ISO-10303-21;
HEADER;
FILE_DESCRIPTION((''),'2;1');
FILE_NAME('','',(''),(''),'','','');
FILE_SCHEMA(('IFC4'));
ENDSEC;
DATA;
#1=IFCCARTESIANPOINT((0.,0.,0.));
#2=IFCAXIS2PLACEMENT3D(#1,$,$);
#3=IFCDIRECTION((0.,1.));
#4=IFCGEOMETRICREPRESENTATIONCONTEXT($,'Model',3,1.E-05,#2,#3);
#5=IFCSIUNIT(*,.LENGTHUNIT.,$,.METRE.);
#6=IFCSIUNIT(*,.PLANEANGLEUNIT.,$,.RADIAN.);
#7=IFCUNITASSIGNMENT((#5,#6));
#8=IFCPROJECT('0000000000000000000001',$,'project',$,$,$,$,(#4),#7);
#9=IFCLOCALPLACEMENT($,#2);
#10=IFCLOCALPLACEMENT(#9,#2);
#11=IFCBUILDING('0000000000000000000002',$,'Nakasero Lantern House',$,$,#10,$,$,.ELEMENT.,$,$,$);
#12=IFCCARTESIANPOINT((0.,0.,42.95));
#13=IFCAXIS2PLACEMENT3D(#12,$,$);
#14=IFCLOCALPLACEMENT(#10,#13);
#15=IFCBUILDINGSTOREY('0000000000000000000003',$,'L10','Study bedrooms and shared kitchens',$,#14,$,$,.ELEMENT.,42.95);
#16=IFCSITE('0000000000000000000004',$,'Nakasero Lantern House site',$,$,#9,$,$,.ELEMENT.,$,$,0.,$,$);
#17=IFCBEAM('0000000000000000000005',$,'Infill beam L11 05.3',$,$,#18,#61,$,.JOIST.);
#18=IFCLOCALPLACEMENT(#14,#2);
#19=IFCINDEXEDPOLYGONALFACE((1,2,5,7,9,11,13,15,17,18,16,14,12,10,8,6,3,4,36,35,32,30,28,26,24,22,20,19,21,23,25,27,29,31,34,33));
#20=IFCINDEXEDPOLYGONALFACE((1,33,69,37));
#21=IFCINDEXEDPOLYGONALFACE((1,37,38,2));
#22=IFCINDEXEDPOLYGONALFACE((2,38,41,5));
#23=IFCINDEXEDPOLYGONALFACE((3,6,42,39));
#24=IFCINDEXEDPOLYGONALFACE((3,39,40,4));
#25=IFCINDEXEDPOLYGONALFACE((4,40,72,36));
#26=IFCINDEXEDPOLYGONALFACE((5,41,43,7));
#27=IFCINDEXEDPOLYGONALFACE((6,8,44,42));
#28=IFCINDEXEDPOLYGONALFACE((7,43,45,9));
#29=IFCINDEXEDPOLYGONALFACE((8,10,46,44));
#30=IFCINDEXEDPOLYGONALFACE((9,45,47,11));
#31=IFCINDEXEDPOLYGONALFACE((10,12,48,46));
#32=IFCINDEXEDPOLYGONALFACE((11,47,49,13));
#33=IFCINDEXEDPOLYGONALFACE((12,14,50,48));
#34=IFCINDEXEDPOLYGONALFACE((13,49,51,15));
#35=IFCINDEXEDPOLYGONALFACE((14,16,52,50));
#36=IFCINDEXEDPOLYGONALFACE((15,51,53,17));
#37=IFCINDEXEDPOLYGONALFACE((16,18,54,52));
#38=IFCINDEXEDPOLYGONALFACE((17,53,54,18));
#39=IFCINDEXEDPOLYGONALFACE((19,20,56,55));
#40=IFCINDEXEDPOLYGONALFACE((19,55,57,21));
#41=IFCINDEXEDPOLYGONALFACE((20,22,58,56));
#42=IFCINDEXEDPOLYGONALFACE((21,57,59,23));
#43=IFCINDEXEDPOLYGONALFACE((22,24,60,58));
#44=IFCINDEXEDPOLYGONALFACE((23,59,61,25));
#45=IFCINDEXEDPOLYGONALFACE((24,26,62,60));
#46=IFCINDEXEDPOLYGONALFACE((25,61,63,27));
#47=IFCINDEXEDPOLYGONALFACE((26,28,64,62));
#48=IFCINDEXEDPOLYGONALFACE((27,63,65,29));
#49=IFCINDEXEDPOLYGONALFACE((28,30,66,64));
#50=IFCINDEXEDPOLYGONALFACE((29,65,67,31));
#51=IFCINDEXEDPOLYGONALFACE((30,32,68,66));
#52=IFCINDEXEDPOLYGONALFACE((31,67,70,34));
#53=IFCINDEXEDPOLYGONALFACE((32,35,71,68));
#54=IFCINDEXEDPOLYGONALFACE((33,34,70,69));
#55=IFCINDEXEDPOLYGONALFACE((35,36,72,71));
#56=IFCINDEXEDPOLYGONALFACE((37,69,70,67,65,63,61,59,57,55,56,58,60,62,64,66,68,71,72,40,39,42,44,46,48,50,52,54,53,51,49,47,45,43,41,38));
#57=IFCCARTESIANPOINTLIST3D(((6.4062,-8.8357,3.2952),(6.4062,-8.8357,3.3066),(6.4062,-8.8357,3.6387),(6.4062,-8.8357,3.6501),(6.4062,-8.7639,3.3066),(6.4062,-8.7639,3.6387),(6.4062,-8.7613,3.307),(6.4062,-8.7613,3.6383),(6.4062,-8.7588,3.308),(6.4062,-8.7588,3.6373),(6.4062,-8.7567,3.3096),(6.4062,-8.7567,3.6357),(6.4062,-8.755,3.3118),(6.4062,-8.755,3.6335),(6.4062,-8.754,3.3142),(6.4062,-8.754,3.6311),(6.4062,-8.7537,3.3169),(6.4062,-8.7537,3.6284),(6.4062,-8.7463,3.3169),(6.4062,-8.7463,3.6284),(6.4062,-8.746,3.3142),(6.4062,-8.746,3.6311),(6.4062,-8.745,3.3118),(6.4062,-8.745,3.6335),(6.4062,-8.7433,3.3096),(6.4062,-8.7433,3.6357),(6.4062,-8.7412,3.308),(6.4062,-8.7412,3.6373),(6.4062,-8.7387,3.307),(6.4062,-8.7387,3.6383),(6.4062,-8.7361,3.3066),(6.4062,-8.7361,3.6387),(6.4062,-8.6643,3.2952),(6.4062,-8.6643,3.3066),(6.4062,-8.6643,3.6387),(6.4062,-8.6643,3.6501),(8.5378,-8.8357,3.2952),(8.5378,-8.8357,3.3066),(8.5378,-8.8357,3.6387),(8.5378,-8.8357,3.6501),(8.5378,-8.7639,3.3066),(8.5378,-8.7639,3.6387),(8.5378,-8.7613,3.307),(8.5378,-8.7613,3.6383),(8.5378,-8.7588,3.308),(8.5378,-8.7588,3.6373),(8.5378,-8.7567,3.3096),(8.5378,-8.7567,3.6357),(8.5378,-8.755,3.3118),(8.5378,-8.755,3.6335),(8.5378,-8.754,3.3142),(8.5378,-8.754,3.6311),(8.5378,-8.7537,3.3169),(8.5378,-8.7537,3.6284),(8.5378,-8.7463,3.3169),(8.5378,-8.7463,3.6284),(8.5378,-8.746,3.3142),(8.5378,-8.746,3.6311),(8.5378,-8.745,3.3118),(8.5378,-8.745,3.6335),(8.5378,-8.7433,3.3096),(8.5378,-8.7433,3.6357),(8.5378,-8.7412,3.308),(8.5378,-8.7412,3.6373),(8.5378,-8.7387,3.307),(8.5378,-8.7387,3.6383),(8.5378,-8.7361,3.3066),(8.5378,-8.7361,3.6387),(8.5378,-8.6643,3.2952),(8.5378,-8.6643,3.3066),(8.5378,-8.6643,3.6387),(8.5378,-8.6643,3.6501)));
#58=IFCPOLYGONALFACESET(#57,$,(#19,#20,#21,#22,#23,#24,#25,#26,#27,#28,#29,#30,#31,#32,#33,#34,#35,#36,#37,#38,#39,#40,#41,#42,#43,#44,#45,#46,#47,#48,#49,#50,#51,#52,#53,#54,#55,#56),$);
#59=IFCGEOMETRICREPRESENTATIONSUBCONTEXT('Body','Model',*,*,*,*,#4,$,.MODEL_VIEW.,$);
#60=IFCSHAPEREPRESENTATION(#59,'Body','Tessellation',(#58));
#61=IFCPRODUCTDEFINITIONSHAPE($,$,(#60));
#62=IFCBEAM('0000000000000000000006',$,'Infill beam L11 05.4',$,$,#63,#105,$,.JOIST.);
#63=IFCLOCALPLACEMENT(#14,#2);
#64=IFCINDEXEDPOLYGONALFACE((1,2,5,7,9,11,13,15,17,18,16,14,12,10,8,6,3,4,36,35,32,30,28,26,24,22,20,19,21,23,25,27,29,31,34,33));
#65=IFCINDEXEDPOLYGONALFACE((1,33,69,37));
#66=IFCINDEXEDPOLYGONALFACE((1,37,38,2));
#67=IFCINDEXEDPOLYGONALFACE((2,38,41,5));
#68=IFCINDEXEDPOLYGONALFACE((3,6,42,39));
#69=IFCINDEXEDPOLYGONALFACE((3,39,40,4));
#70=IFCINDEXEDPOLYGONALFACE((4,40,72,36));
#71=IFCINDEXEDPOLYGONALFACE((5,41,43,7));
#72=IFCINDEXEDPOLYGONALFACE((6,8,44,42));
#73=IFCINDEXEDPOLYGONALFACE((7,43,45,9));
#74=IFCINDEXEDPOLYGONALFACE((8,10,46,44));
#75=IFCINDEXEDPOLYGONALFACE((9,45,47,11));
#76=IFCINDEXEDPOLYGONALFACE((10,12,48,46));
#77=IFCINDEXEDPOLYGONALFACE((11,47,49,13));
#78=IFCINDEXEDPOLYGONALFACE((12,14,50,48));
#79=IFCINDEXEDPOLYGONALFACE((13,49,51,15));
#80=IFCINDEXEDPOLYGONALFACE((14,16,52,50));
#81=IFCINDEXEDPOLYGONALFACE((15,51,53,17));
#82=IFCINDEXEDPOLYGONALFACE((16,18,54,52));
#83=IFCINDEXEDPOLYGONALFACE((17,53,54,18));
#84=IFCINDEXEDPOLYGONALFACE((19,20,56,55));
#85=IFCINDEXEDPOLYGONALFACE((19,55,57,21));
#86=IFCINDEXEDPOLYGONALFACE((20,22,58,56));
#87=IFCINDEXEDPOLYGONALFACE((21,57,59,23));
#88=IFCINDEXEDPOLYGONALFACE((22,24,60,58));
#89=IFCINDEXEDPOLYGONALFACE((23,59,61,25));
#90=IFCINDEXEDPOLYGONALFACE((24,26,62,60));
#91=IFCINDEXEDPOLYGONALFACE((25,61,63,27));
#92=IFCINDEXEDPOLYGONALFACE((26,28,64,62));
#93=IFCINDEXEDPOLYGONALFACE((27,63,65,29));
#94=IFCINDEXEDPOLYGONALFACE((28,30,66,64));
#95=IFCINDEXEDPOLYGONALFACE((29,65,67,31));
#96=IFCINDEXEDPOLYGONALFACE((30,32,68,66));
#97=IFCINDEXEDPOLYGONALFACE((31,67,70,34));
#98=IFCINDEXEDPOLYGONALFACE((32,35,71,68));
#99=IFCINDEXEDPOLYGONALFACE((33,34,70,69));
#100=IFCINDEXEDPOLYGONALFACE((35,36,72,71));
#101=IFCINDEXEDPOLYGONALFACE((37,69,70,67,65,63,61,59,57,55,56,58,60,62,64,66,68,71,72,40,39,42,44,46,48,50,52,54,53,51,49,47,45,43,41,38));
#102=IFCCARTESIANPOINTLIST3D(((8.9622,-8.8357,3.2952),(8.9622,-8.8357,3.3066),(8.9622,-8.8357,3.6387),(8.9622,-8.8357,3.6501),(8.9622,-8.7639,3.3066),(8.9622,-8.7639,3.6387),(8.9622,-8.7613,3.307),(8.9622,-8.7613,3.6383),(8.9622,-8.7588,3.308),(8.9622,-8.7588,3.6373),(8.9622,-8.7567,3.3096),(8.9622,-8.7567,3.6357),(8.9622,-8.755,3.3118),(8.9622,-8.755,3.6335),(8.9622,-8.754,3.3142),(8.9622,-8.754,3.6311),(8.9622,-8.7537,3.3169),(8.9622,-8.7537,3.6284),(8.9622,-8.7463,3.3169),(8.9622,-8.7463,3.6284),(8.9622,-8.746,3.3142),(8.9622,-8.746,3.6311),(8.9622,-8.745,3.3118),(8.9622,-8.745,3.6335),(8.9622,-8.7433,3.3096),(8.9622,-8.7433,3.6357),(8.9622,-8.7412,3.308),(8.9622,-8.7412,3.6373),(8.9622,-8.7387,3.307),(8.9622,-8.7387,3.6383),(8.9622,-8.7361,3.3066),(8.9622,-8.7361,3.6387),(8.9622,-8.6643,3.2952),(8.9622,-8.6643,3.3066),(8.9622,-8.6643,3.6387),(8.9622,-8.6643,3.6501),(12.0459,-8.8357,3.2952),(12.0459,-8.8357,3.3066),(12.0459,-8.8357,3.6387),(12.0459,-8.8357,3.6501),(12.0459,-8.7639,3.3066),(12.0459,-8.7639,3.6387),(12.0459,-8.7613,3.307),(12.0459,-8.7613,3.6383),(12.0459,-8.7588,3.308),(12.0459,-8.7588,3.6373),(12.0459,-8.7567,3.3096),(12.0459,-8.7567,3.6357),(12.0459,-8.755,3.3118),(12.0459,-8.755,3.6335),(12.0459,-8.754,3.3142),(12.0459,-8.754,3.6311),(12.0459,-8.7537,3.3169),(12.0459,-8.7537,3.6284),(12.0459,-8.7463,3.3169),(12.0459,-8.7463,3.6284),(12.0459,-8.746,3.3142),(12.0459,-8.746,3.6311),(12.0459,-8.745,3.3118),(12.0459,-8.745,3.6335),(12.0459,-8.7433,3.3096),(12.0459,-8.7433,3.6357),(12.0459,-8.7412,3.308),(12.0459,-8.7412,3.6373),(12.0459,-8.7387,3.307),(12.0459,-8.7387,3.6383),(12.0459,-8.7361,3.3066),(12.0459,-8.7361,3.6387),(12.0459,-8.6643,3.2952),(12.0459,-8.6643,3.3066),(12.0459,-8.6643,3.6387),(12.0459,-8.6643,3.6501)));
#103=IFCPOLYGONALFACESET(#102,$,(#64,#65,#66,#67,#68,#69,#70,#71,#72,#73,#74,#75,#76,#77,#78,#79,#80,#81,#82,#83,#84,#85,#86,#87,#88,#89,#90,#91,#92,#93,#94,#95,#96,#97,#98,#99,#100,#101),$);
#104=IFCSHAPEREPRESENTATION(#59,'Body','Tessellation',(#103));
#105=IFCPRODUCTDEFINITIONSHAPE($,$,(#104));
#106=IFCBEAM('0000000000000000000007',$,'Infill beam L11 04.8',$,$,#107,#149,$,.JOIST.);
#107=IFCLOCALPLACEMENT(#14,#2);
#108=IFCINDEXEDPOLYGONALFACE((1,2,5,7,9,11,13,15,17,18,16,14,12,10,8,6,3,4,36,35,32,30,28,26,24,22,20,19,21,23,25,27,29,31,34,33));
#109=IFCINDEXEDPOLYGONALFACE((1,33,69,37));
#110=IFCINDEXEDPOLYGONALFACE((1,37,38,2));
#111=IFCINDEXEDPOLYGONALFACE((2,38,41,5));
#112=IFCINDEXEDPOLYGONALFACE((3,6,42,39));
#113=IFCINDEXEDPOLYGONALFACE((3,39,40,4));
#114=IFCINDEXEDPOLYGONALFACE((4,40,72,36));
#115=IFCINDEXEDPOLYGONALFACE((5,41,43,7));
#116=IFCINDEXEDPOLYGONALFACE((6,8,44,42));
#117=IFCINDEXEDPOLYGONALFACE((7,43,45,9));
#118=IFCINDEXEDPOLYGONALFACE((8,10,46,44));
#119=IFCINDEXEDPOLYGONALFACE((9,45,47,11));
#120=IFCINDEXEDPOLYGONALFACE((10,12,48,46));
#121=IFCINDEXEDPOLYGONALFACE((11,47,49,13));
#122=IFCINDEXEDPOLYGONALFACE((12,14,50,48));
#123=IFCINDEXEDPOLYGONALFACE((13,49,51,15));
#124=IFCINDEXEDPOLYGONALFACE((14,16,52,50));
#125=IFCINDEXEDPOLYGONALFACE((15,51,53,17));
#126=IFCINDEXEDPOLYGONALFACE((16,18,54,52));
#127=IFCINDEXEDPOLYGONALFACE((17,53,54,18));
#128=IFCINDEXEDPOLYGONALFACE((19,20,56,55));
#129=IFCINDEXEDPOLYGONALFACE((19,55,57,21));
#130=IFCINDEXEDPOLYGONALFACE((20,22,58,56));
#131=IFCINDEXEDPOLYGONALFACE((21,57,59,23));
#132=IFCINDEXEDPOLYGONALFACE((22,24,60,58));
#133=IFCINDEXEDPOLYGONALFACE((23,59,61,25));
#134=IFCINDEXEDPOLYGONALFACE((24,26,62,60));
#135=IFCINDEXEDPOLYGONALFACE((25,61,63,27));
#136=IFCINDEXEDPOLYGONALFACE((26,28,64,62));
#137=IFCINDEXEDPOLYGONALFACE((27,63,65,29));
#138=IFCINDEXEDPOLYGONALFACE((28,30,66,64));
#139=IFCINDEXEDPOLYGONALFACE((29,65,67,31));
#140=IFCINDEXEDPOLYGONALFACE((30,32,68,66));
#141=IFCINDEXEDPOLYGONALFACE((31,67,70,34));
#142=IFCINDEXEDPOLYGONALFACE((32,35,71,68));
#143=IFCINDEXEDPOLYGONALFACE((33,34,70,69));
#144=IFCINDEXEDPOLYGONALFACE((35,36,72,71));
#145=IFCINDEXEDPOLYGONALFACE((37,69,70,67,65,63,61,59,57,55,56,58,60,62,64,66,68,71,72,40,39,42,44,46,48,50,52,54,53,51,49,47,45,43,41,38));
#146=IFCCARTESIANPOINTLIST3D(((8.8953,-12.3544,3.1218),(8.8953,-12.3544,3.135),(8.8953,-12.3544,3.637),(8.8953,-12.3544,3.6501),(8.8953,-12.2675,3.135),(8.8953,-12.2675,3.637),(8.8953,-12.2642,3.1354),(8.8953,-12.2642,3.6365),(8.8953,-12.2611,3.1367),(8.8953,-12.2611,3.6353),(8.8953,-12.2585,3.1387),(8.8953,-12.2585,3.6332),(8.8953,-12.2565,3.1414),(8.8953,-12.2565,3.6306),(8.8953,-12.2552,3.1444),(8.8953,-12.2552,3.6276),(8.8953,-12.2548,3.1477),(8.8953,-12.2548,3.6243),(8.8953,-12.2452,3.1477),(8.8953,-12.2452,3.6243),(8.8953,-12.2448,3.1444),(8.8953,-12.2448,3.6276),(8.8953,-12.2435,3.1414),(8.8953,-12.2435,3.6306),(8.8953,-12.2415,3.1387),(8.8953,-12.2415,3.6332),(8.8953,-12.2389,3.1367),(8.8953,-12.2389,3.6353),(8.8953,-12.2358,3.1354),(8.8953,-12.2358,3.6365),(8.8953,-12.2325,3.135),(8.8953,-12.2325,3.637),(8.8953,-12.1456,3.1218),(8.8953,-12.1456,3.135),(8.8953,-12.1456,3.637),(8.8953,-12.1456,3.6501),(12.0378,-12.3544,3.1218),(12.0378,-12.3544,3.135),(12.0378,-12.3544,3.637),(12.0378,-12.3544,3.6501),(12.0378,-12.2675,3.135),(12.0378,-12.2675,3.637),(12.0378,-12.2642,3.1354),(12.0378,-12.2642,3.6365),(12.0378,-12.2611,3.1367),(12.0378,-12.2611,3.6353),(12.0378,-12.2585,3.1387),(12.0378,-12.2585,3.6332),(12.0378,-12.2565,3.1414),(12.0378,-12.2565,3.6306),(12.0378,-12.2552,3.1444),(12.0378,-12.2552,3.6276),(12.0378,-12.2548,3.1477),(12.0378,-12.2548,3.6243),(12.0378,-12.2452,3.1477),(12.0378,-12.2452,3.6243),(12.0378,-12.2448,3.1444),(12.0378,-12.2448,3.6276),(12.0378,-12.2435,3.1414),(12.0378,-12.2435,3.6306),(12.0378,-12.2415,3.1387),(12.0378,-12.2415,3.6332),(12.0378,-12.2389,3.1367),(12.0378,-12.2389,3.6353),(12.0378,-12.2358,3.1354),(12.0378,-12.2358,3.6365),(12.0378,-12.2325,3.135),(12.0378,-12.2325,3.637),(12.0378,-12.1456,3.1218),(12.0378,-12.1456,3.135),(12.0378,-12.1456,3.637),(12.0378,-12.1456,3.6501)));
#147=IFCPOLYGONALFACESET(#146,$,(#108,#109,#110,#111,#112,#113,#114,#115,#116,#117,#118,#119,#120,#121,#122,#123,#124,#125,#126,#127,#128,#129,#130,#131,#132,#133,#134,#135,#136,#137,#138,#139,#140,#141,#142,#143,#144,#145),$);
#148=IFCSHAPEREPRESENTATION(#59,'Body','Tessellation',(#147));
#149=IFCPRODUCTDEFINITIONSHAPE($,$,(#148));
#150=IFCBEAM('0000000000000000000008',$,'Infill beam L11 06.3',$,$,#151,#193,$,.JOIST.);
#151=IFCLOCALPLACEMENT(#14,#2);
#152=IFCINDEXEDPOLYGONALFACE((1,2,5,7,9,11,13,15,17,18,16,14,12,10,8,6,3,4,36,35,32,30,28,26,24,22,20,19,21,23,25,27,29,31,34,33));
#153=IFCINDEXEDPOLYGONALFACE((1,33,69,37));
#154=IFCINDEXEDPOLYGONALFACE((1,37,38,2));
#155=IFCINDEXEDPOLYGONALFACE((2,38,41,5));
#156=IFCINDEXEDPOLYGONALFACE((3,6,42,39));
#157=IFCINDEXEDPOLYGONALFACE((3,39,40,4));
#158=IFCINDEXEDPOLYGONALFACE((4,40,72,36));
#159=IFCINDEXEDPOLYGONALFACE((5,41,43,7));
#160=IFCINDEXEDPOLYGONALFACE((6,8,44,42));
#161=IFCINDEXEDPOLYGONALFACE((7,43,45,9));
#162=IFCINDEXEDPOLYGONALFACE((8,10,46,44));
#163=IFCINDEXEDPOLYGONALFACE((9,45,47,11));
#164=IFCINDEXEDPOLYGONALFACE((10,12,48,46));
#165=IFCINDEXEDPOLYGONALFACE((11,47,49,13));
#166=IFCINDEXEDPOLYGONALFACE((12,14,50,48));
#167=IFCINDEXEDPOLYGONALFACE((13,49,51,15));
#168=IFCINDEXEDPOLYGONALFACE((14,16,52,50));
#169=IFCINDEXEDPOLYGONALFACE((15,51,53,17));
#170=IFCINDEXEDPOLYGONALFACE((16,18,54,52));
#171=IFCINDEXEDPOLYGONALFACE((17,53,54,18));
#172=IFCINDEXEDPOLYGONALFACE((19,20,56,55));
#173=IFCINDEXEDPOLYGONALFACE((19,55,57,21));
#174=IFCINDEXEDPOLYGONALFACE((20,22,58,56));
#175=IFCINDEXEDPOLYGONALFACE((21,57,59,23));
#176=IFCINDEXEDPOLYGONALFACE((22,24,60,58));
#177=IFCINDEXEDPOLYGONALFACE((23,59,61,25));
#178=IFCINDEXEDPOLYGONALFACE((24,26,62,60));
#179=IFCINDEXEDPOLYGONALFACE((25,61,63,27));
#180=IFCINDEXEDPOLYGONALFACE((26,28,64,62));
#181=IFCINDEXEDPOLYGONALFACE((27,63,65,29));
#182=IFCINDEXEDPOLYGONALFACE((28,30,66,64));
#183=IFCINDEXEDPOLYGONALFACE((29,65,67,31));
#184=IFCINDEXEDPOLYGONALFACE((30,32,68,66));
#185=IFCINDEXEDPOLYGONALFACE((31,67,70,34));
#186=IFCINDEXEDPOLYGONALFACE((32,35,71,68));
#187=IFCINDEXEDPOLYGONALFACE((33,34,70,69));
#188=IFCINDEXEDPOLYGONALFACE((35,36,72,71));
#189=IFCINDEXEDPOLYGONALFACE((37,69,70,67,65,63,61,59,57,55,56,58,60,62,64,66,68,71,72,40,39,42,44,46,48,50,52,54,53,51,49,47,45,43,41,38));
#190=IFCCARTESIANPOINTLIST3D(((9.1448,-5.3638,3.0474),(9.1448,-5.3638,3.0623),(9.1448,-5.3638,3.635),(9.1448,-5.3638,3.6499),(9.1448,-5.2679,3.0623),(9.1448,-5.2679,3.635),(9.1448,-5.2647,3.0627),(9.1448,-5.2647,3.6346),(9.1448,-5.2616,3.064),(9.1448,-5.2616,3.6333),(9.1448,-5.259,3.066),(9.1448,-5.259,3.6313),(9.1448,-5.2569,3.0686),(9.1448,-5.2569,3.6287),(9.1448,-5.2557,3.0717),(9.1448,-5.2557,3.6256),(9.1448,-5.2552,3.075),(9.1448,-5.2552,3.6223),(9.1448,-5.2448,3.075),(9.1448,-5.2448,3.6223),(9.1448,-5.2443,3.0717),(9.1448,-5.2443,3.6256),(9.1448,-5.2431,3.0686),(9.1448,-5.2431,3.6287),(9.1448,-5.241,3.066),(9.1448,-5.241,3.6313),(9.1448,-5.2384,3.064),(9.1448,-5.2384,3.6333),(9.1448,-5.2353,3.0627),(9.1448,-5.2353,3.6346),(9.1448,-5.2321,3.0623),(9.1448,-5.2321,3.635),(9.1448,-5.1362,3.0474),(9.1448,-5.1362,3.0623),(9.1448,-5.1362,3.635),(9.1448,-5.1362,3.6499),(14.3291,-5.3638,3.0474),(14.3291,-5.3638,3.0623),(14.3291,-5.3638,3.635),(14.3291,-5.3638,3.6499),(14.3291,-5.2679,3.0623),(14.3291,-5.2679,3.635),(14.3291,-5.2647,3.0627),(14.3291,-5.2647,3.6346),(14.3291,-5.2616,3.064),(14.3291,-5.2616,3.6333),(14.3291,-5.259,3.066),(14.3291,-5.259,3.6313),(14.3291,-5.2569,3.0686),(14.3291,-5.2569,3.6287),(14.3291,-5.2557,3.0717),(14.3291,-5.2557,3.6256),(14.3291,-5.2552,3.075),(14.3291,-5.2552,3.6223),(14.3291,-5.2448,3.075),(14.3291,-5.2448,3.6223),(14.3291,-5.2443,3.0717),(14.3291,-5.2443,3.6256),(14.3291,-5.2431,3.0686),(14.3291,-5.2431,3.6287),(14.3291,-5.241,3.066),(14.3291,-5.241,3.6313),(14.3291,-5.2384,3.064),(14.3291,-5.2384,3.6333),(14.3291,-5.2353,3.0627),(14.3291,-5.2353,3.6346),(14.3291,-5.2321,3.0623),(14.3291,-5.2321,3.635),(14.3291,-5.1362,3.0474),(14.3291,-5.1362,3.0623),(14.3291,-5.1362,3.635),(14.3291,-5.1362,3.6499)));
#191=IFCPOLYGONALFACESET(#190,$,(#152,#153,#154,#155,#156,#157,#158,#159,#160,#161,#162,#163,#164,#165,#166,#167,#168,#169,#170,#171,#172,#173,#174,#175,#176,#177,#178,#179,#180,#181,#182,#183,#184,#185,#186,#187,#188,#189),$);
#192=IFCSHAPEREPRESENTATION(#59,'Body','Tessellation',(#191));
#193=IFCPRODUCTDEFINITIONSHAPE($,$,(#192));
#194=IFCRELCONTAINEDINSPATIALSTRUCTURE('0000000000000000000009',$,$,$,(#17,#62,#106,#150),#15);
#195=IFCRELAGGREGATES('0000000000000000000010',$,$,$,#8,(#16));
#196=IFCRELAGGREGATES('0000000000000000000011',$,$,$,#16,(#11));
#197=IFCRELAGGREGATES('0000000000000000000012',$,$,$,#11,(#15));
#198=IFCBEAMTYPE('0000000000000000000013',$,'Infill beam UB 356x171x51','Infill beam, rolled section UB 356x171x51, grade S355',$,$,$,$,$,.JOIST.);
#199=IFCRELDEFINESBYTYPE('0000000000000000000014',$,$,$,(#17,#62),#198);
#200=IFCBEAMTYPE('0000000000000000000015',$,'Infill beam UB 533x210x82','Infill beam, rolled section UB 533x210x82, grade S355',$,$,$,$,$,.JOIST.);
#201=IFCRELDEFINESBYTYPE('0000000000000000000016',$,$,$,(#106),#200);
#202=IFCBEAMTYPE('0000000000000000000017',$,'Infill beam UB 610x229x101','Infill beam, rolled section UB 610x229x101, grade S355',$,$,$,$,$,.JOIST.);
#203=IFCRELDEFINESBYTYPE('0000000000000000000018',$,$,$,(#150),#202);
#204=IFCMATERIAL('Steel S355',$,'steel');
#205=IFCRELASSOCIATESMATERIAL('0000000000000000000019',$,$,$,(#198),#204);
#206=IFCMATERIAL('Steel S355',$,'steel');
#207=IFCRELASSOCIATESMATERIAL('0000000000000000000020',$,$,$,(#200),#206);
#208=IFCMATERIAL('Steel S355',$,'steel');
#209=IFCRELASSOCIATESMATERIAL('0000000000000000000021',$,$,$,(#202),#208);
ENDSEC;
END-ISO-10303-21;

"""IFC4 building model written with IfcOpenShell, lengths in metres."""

from ifc_helpers import new_model, si_unit, direction, frame, origin, origin_2d, place, context, subcontext, project, spatial, i_section, extrude, material, material_profile, profile_set, type_object, element, save


model = new_model("IFC4")

# Units and contexts
model_context = context("Model", 3, precision=1e-05, world=origin(), true_north=direction((0.0, 1.0)))
body_context = subcontext(model_context, "Body", "Model", "MODEL_VIEW")
ifc_project = project(units=[si_unit("LENGTHUNIT", "METRE"), si_unit("PLANEANGLEUNIT", "RADIAN")], contexts=[model_context])

# Site, building, storey
site_placement = place(None, origin())
site = spatial("IfcSite", under=ifc_project, at=site_placement, Name="Nakasero Lantern House site", CompositionType="ELEMENT", RefElevation=0.0)
building_placement = place(site_placement, origin())
building = spatial("IfcBuilding", under=site, at=building_placement, Name="Nakasero Lantern House", CompositionType="ELEMENT")
storey_placement = place(building_placement, frame((0.0, 0.0, 42.95)))
storey = spatial("IfcBuildingStorey", under=building, at=storey_placement, Name="L10", Description="Study bedrooms and shared kitchens", CompositionType="ELEMENT", Elevation=42.95)

# Beams
ifc_material_1 = material(Name="Steel S355", Category="steel")
ifc_material_profile_1 = material_profile(ifc_material_1, i_section(OverallWidth=0.1714, OverallDepth=0.355, WebThickness=0.0073, FlangeThickness=0.0115, FilletRadius=0.0103, at=origin_2d()), Name="UB 356x171x51")
ifc_profile_set_1 = profile_set([ifc_material_profile_1], Name="Steel S355")
beam_type_1 = type_object("IfcBeamType", Name="Infill beam UB 356x171x51", Description="Infill beam, rolled section UB 356x171x51, grade S355", PredefinedType="JOIST", material=ifc_profile_set_1)
beam_1_placement = place(storey_placement, frame((6.4062, -8.75, 3.4727), z_axis=(1.0, 0.0, 0.0), x_axis=(0.0, 1.0, 0.0)))
element("IfcBeam", 1, at=beam_1_placement, inside=storey, type_object=beam_type_1, Name="Infill beam L11 05.3", PredefinedType="JOIST", context=body_context, shape_type="SweptSolid", body=[
    extrude(i_section(OverallWidth=0.1714, OverallDepth=0.355, WebThickness=0.0073, FlangeThickness=0.0115, FilletRadius=0.0103, at=origin_2d()), origin(), (0.0, 0.0, 1.0), 2.1316),
])
beam_2_placement = place(storey_placement, frame((8.9622, -8.75, 3.4727), z_axis=(1.0, 0.0, 0.0), x_axis=(0.0, 1.0, 0.0)))
element("IfcBeam", 2, at=beam_2_placement, inside=storey, type_object=beam_type_1, Name="Infill beam L11 05.4", PredefinedType="JOIST", context=body_context, shape_type="SweptSolid", body=[
    extrude(i_section(OverallWidth=0.1714, OverallDepth=0.355, WebThickness=0.0073, FlangeThickness=0.0115, FilletRadius=0.0103, at=origin_2d()), origin(), (0.0, 0.0, 1.0), 3.0837),
])
ifc_material_2 = material(Name="Steel S355", Category="steel")
ifc_material_profile_2 = material_profile(ifc_material_2, i_section(OverallWidth=0.2087, OverallDepth=0.5283, WebThickness=0.0095, FlangeThickness=0.0132, FilletRadius=0.0127, at=origin_2d()), Name="UB 533x210x82")
ifc_profile_set_2 = profile_set([ifc_material_profile_2], Name="Steel S355")
beam_type_2 = type_object("IfcBeamType", Name="Infill beam UB 533x210x82", Description="Infill beam, rolled section UB 533x210x82, grade S355", PredefinedType="JOIST", material=ifc_profile_set_2)
beam_3_placement = place(storey_placement, frame((8.8953, -12.25, 3.386), z_axis=(1.0, 0.0, 0.0), x_axis=(0.0, 1.0, 0.0)))
element("IfcBeam", 3, at=beam_3_placement, inside=storey, type_object=beam_type_2, Name="Infill beam L11 04.8", PredefinedType="JOIST", context=body_context, shape_type="SweptSolid", body=[
    extrude(i_section(OverallWidth=0.2087, OverallDepth=0.5283, WebThickness=0.0095, FlangeThickness=0.0132, FilletRadius=0.0127, at=origin_2d()), origin(), (0.0, 0.0, 1.0), 3.1426),
])
ifc_material_3 = material(Name="Steel S355", Category="steel")
ifc_material_profile_3 = material_profile(ifc_material_3, i_section(OverallWidth=0.2275, OverallDepth=0.6025, WebThickness=0.0105, FlangeThickness=0.0149, FilletRadius=0.0127, at=origin_2d()), Name="UB 610x229x101")
ifc_profile_set_3 = profile_set([ifc_material_profile_3], Name="Steel S355")
beam_type_3 = type_object("IfcBeamType", Name="Infill beam UB 610x229x101", Description="Infill beam, rolled section UB 610x229x101, grade S355", PredefinedType="JOIST", material=ifc_profile_set_3)
beam_4_placement = place(storey_placement, frame((9.1448, -5.25, 3.3486), z_axis=(1.0, 0.0, 0.0), x_axis=(0.0, 1.0, 0.0)))
element("IfcBeam", 4, at=beam_4_placement, inside=storey, type_object=beam_type_3, Name="Infill beam L11 06.3", PredefinedType="JOIST", context=body_context, shape_type="SweptSolid", body=[
    extrude(i_section(OverallWidth=0.2275, OverallDepth=0.6025, WebThickness=0.0105, FlangeThickness=0.0149, FilletRadius=0.0127, at=origin_2d()), origin(), (0.0, 0.0, 1.0), 5.1843),
])

save(model, "model.ifc")
